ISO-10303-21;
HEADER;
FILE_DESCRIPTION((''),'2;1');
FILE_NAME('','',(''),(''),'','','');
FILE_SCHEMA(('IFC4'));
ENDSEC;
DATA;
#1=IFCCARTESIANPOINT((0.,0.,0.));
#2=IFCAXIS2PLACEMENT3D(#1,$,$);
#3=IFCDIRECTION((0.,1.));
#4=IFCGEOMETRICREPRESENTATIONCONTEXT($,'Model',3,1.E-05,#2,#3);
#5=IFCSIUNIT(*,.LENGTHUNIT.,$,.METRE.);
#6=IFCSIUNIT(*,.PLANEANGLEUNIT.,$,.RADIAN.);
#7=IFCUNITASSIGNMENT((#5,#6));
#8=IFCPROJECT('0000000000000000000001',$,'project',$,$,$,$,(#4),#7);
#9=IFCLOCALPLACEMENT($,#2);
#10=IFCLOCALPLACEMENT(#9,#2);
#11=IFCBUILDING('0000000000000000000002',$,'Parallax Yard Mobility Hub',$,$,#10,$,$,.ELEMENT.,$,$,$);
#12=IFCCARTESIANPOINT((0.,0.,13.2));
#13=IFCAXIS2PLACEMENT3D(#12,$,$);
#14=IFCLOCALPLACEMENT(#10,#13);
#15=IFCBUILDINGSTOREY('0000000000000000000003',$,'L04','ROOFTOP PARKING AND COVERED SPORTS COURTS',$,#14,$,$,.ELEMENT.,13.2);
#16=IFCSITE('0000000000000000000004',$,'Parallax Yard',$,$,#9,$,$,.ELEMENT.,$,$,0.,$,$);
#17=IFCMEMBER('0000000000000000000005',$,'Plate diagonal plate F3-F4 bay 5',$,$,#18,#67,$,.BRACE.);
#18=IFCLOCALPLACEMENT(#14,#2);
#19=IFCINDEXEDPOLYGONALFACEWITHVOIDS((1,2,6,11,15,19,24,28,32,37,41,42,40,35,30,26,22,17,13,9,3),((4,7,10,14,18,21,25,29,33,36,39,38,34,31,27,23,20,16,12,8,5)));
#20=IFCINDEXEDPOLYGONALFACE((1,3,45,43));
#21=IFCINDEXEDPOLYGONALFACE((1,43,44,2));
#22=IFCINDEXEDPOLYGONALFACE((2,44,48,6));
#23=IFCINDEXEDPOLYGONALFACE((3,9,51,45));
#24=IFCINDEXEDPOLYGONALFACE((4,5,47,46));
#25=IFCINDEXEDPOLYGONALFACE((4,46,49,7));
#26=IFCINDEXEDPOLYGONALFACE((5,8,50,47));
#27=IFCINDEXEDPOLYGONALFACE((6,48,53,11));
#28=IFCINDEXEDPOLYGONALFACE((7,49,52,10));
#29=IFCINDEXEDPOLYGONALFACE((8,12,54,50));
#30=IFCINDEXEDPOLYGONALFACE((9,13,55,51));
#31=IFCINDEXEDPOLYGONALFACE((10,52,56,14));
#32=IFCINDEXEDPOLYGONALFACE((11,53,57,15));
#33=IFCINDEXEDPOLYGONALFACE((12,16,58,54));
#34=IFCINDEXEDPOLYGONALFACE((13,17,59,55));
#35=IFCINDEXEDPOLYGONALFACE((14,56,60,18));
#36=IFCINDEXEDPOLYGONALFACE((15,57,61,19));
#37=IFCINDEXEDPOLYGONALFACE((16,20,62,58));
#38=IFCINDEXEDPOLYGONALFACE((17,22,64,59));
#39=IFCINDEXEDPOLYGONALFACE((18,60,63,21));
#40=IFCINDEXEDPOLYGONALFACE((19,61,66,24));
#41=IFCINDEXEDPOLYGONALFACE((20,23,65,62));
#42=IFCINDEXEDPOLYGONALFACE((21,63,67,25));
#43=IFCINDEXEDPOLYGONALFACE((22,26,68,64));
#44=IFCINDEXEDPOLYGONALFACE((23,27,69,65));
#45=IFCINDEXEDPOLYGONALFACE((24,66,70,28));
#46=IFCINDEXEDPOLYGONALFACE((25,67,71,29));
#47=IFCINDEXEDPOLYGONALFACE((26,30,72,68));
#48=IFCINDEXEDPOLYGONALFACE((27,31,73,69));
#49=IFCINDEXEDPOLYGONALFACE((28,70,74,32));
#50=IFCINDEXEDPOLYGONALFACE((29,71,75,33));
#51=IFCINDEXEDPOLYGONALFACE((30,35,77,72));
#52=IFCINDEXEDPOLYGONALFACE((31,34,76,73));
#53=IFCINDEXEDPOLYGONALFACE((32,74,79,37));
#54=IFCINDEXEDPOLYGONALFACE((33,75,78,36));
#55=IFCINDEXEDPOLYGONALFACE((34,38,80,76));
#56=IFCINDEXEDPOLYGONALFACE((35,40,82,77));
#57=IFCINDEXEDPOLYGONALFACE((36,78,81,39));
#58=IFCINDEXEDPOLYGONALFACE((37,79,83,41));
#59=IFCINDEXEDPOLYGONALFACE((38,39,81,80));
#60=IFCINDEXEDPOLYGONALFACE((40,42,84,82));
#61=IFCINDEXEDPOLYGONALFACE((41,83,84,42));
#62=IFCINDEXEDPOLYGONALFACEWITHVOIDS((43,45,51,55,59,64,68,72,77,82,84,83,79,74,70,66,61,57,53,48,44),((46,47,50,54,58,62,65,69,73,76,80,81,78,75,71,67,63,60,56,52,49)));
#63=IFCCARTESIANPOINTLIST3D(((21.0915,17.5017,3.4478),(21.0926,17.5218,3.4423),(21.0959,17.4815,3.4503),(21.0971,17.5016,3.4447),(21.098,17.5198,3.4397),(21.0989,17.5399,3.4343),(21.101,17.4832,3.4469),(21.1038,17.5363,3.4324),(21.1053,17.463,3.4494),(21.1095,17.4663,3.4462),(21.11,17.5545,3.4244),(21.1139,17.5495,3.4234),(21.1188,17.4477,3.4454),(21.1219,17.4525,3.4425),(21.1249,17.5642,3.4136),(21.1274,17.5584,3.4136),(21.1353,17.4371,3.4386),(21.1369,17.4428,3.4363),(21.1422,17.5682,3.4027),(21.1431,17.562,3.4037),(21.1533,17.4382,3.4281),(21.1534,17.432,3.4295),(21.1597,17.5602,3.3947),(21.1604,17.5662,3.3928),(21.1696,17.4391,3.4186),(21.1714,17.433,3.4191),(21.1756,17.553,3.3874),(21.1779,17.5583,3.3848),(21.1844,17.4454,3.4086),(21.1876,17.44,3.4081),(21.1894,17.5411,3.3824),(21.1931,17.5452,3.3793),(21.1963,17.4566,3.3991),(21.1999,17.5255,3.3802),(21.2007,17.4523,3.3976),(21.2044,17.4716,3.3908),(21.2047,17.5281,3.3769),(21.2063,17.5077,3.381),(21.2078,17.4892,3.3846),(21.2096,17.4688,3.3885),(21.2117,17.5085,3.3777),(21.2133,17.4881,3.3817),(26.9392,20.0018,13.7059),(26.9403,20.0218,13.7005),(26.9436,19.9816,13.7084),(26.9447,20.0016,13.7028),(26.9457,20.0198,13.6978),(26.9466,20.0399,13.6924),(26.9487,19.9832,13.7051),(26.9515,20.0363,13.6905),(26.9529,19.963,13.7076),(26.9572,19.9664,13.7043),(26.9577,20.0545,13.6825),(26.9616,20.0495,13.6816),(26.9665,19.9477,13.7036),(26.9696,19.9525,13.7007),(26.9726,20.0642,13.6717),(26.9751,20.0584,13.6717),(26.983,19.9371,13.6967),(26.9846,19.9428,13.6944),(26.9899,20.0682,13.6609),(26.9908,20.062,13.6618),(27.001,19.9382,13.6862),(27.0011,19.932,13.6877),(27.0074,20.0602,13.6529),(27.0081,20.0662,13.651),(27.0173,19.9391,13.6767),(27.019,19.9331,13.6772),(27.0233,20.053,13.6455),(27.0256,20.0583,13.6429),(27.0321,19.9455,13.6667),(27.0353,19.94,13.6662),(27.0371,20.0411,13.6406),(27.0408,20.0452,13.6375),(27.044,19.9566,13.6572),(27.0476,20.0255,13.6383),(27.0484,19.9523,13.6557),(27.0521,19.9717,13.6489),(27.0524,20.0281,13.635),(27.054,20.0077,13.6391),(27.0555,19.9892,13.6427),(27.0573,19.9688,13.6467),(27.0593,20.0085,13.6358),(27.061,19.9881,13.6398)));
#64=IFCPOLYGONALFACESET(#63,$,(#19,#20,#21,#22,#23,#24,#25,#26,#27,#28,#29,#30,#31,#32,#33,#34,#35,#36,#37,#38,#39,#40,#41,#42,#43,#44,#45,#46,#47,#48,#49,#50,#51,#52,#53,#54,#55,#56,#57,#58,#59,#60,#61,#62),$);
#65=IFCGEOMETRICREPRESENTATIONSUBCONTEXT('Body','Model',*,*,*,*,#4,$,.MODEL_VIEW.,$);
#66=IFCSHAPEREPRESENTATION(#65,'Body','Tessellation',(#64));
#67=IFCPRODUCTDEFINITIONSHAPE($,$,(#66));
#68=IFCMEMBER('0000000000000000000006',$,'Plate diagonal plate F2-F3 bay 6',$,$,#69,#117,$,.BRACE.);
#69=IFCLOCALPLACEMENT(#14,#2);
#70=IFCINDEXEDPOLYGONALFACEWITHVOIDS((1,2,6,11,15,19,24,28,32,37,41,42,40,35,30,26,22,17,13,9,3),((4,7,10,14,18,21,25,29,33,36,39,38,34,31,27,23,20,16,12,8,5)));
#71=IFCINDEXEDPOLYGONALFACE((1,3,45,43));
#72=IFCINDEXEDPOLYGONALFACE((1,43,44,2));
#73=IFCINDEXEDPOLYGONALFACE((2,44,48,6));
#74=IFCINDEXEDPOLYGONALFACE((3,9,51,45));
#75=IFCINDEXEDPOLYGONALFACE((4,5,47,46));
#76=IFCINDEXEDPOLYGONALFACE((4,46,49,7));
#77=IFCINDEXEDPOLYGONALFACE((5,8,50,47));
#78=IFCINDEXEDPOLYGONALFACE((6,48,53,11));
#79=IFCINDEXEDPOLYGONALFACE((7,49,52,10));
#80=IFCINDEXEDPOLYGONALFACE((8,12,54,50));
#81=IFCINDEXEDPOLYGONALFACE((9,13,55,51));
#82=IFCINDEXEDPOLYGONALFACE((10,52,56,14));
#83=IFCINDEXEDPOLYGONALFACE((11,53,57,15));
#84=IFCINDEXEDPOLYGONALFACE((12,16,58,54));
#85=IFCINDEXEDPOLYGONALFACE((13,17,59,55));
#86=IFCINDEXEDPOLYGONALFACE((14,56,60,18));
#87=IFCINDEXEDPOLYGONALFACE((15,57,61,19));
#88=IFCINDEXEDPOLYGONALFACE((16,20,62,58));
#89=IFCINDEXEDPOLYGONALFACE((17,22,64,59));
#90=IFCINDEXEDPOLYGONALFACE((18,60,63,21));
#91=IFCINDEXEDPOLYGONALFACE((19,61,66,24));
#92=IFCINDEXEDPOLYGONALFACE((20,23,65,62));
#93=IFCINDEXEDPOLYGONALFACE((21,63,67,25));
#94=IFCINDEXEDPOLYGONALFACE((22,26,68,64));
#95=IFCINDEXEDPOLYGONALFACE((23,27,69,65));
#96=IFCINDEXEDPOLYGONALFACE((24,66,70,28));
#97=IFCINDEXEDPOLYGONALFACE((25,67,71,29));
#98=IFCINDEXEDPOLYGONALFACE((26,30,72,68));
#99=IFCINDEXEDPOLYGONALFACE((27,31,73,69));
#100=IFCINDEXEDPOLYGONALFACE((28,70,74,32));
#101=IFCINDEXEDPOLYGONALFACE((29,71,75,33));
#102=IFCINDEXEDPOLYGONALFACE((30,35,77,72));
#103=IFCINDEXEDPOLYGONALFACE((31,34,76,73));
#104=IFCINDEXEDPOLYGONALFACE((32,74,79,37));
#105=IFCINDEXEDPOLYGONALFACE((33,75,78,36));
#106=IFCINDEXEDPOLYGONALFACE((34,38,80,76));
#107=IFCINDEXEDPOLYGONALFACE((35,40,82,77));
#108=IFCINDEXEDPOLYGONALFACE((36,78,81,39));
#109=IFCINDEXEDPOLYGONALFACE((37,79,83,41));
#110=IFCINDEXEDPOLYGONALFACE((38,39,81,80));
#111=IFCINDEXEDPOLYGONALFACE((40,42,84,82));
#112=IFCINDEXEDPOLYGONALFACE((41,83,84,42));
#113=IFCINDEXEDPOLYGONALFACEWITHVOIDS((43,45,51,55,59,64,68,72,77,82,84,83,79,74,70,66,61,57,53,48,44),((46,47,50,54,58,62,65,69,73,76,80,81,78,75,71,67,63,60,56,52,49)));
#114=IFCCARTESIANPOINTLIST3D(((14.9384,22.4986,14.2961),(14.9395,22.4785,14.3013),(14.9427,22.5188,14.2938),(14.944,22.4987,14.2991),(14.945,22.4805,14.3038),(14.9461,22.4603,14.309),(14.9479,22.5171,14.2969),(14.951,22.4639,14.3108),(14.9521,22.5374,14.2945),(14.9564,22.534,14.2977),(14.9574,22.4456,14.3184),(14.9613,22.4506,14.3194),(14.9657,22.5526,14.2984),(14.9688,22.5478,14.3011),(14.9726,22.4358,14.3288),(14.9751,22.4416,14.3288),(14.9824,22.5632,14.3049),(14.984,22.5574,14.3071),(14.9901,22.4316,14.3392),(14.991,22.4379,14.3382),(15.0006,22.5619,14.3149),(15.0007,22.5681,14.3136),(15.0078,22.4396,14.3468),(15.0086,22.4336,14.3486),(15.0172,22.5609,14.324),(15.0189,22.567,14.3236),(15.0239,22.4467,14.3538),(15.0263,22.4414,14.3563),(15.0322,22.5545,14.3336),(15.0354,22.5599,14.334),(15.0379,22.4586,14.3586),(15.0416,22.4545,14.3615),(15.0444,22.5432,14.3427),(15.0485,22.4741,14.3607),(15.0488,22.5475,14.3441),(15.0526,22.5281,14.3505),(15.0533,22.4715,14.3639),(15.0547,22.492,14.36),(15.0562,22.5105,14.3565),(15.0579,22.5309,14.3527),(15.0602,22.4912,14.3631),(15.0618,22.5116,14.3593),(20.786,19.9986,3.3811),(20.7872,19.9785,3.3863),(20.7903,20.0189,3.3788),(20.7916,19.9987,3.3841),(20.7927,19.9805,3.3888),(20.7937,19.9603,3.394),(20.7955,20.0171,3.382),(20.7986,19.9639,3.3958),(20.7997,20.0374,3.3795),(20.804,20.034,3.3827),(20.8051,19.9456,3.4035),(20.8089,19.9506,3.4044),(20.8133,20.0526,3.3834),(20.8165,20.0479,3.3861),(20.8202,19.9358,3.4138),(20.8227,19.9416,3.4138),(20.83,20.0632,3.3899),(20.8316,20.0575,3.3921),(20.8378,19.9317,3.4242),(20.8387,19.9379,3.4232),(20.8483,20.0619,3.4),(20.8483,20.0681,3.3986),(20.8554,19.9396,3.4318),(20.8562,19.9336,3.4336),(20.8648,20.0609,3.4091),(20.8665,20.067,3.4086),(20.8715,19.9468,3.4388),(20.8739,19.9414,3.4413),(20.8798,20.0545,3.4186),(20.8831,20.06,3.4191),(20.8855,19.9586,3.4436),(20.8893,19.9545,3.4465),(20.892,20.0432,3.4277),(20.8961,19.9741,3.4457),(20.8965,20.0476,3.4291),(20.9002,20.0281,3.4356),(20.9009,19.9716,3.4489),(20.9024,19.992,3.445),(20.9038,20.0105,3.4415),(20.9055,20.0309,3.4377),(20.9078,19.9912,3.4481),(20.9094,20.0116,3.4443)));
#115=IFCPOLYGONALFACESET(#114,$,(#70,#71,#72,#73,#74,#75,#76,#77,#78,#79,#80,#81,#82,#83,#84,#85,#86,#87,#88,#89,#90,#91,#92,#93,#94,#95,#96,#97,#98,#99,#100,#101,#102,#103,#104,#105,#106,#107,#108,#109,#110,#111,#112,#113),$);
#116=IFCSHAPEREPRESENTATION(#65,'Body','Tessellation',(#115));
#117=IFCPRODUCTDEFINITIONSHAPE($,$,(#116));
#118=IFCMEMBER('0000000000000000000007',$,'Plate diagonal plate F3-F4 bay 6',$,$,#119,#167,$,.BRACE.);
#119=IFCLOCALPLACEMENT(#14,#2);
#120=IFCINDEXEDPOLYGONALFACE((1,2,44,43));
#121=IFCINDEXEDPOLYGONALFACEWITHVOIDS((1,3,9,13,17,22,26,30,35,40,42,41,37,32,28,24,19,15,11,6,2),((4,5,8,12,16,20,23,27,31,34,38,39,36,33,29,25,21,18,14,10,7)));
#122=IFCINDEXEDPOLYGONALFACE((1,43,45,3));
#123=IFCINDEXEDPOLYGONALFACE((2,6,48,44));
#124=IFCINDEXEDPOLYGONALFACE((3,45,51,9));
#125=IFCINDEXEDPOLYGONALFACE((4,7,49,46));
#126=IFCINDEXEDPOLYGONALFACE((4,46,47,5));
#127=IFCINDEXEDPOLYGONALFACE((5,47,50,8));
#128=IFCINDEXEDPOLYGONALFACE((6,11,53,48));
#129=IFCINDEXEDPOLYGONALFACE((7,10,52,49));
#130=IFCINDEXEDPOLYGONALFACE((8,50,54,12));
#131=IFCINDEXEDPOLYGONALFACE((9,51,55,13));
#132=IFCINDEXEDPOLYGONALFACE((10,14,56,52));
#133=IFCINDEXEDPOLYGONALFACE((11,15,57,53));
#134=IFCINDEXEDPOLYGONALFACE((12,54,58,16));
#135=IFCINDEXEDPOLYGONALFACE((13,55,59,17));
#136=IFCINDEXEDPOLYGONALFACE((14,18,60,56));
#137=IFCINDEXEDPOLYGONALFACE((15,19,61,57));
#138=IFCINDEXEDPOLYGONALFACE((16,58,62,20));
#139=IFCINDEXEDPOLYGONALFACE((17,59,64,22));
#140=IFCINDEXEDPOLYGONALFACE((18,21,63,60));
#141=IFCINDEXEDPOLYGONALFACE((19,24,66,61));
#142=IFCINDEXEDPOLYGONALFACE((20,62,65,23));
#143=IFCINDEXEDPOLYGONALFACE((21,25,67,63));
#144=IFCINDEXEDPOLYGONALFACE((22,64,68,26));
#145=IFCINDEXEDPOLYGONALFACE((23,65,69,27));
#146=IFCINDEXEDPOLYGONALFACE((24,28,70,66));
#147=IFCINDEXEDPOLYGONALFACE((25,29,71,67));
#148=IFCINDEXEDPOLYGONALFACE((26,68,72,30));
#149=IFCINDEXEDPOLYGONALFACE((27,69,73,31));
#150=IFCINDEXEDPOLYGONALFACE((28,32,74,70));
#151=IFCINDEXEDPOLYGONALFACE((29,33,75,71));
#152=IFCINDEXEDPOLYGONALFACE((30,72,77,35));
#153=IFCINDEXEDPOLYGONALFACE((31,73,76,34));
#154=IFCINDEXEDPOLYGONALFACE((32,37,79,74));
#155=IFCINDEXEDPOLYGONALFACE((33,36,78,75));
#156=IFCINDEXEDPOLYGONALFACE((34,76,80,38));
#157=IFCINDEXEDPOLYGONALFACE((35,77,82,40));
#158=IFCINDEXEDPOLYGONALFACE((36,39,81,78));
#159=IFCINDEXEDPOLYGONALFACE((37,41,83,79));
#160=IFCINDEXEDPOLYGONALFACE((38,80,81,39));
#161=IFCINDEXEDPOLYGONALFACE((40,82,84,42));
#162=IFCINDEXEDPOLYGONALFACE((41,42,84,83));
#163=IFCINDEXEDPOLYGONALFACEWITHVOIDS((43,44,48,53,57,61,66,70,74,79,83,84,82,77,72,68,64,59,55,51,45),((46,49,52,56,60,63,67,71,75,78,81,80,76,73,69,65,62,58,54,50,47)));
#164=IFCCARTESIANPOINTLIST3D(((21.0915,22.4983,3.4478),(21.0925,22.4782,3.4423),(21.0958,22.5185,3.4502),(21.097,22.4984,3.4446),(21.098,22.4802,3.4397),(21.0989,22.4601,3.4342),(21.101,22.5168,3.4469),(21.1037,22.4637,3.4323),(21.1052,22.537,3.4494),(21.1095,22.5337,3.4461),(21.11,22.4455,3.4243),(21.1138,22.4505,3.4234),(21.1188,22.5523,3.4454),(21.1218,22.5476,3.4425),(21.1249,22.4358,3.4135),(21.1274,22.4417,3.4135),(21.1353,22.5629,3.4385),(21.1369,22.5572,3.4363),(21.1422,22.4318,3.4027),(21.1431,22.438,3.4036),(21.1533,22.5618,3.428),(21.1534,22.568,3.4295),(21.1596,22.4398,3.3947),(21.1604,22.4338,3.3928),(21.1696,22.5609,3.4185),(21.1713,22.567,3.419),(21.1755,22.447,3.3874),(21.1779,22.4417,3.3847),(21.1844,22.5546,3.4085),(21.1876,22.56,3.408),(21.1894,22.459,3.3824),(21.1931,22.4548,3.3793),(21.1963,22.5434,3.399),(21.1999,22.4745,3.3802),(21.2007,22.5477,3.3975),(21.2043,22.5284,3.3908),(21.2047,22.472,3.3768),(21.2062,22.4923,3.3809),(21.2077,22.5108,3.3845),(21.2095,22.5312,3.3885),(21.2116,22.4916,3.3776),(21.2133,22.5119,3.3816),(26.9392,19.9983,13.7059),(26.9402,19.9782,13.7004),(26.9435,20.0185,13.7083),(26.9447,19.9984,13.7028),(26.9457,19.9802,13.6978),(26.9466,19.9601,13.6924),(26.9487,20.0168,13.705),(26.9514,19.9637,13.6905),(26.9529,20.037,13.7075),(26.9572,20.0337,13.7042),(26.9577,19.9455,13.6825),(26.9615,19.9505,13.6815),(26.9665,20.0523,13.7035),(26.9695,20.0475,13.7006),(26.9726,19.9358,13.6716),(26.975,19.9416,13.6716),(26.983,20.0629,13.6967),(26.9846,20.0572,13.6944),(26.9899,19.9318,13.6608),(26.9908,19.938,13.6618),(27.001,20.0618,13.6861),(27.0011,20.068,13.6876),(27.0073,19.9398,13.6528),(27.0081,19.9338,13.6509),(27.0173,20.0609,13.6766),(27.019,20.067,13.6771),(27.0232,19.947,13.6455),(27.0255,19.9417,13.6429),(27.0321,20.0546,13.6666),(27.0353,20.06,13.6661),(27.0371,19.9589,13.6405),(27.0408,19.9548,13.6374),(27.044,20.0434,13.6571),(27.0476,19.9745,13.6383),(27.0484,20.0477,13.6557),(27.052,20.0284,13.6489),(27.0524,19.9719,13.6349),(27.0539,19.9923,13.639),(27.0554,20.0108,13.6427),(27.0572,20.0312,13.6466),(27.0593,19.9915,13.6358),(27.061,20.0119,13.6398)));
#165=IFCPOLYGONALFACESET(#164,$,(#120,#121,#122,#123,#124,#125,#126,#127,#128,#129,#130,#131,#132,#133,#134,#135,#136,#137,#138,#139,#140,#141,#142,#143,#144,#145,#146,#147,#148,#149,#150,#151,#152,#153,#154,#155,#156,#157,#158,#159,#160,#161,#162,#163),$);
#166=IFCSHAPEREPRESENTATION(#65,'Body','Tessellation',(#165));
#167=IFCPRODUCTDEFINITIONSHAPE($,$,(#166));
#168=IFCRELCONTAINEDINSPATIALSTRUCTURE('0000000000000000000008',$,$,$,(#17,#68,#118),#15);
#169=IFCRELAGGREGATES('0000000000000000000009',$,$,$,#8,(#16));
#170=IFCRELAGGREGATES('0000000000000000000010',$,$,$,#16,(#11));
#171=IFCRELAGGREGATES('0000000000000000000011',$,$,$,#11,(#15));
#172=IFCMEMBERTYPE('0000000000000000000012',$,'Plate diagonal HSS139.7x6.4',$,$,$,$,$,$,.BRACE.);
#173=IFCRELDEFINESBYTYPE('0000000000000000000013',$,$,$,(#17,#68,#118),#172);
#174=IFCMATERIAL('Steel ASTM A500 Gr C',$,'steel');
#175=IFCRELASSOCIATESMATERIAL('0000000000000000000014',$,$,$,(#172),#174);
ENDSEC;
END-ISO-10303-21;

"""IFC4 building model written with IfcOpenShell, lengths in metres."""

from ifc_helpers import new_model, si_unit, direction, frame, origin, origin_2d, place, context, subcontext, project, spatial, hollow_circle, extrude, material, material_profile, profile_set, type_object, element, save


model = new_model("IFC4")

# Units and contexts
model_context = context("Model", 3, precision=1e-05, world=origin(), true_north=direction((0.0, 1.0)))
body_context = subcontext(model_context, "Body", "Model", "MODEL_VIEW")
ifc_project = project(units=[si_unit("LENGTHUNIT", "METRE"), si_unit("PLANEANGLEUNIT", "RADIAN")], contexts=[model_context])

# Site, building, storey
site_placement = place(None, origin())
site = spatial("IfcSite", under=ifc_project, at=site_placement, Name="Parallax Yard", CompositionType="ELEMENT", RefElevation=0.0)
building_placement = place(site_placement, origin())
building = spatial("IfcBuilding", under=site, at=building_placement, Name="Parallax Yard Mobility Hub", CompositionType="ELEMENT")
storey_placement = place(building_placement, frame((0.0, 0.0, 13.2)))
storey = spatial("IfcBuildingStorey", under=building, at=storey_placement, Name="L04", Description="ROOFTOP PARKING AND COVERED SPORTS COURTS", CompositionType="ELEMENT", Elevation=13.2)

# Members
ifc_material_1 = material(Name="Steel ASTM A500 Gr C", Category="steel")
ifc_material_profile_1 = material_profile(ifc_material_1, hollow_circle(Radius=0.0698, WallThickness=0.0063, at=origin_2d()), Name="HSS139.7x6.4")
ifc_profile_set_1 = profile_set([ifc_material_profile_1], Name="Steel ASTM A500 Gr C")
member_type_1 = type_object("IfcMemberType", Name="Plate diagonal HSS139.7x6.4", PredefinedType="BRACE", material=ifc_profile_set_1)
for number, where, z_axis, x_axis, name in (
    (1, (21.1523, 17.5, 3.4136), (0.484499, 0.207134, 0.849916), (-0.393104, 0.919494, 0.0), "Plate diagonal plate F3-F4 bay 5"),
):
    element("IfcMember", number, at=place(storey_placement, frame(where, z_axis=z_axis, x_axis=x_axis)), inside=storey, type_object=member_type_1, Name=name, PredefinedType="BRACE", context=body_context, shape_type="SweptSolid", body=[
        extrude(hollow_circle(Radius=0.0698, WallThickness=0.0063, at=origin_2d()), origin(), (0.0, 0.0, 1.0), 12.0696),
    ])
member_1_placement = place(storey_placement, frame((20.8477, 20.0, 3.4138), z_axis=(-0.462901, 0.1979, 0.864036), x_axis=(-0.393104, -0.919494, 0.0)))
element("IfcMember", 2, at=member_1_placement, inside=storey, type_object=member_type_1, Name="Plate diagonal plate F2-F3 bay 6", PredefinedType="BRACE", context=body_context, shape_type="SweptSolid", body=[
    extrude(hollow_circle(Radius=0.0698, WallThickness=0.0063, at=origin_2d()), origin(), (0.0, 0.0, 1.0), 12.6326),
])
for number, where, z_axis, x_axis, name in (
    (3, (27.0, 20.0, 13.6716), (-0.484499, 0.207134, -0.849916), (-0.393104, -0.919494, 0.0), "Plate diagonal plate F3-F4 bay 6"),
):
    element("IfcMember", number, at=place(storey_placement, frame(where, z_axis=z_axis, x_axis=x_axis)), inside=storey, type_object=member_type_1, Name=name, PredefinedType="BRACE", context=body_context, shape_type="SweptSolid", body=[
        extrude(hollow_circle(Radius=0.0698, WallThickness=0.0063, at=origin_2d()), origin(), (0.0, 0.0, 1.0), 12.0696),
    ])

save(model, "model.ifc")
